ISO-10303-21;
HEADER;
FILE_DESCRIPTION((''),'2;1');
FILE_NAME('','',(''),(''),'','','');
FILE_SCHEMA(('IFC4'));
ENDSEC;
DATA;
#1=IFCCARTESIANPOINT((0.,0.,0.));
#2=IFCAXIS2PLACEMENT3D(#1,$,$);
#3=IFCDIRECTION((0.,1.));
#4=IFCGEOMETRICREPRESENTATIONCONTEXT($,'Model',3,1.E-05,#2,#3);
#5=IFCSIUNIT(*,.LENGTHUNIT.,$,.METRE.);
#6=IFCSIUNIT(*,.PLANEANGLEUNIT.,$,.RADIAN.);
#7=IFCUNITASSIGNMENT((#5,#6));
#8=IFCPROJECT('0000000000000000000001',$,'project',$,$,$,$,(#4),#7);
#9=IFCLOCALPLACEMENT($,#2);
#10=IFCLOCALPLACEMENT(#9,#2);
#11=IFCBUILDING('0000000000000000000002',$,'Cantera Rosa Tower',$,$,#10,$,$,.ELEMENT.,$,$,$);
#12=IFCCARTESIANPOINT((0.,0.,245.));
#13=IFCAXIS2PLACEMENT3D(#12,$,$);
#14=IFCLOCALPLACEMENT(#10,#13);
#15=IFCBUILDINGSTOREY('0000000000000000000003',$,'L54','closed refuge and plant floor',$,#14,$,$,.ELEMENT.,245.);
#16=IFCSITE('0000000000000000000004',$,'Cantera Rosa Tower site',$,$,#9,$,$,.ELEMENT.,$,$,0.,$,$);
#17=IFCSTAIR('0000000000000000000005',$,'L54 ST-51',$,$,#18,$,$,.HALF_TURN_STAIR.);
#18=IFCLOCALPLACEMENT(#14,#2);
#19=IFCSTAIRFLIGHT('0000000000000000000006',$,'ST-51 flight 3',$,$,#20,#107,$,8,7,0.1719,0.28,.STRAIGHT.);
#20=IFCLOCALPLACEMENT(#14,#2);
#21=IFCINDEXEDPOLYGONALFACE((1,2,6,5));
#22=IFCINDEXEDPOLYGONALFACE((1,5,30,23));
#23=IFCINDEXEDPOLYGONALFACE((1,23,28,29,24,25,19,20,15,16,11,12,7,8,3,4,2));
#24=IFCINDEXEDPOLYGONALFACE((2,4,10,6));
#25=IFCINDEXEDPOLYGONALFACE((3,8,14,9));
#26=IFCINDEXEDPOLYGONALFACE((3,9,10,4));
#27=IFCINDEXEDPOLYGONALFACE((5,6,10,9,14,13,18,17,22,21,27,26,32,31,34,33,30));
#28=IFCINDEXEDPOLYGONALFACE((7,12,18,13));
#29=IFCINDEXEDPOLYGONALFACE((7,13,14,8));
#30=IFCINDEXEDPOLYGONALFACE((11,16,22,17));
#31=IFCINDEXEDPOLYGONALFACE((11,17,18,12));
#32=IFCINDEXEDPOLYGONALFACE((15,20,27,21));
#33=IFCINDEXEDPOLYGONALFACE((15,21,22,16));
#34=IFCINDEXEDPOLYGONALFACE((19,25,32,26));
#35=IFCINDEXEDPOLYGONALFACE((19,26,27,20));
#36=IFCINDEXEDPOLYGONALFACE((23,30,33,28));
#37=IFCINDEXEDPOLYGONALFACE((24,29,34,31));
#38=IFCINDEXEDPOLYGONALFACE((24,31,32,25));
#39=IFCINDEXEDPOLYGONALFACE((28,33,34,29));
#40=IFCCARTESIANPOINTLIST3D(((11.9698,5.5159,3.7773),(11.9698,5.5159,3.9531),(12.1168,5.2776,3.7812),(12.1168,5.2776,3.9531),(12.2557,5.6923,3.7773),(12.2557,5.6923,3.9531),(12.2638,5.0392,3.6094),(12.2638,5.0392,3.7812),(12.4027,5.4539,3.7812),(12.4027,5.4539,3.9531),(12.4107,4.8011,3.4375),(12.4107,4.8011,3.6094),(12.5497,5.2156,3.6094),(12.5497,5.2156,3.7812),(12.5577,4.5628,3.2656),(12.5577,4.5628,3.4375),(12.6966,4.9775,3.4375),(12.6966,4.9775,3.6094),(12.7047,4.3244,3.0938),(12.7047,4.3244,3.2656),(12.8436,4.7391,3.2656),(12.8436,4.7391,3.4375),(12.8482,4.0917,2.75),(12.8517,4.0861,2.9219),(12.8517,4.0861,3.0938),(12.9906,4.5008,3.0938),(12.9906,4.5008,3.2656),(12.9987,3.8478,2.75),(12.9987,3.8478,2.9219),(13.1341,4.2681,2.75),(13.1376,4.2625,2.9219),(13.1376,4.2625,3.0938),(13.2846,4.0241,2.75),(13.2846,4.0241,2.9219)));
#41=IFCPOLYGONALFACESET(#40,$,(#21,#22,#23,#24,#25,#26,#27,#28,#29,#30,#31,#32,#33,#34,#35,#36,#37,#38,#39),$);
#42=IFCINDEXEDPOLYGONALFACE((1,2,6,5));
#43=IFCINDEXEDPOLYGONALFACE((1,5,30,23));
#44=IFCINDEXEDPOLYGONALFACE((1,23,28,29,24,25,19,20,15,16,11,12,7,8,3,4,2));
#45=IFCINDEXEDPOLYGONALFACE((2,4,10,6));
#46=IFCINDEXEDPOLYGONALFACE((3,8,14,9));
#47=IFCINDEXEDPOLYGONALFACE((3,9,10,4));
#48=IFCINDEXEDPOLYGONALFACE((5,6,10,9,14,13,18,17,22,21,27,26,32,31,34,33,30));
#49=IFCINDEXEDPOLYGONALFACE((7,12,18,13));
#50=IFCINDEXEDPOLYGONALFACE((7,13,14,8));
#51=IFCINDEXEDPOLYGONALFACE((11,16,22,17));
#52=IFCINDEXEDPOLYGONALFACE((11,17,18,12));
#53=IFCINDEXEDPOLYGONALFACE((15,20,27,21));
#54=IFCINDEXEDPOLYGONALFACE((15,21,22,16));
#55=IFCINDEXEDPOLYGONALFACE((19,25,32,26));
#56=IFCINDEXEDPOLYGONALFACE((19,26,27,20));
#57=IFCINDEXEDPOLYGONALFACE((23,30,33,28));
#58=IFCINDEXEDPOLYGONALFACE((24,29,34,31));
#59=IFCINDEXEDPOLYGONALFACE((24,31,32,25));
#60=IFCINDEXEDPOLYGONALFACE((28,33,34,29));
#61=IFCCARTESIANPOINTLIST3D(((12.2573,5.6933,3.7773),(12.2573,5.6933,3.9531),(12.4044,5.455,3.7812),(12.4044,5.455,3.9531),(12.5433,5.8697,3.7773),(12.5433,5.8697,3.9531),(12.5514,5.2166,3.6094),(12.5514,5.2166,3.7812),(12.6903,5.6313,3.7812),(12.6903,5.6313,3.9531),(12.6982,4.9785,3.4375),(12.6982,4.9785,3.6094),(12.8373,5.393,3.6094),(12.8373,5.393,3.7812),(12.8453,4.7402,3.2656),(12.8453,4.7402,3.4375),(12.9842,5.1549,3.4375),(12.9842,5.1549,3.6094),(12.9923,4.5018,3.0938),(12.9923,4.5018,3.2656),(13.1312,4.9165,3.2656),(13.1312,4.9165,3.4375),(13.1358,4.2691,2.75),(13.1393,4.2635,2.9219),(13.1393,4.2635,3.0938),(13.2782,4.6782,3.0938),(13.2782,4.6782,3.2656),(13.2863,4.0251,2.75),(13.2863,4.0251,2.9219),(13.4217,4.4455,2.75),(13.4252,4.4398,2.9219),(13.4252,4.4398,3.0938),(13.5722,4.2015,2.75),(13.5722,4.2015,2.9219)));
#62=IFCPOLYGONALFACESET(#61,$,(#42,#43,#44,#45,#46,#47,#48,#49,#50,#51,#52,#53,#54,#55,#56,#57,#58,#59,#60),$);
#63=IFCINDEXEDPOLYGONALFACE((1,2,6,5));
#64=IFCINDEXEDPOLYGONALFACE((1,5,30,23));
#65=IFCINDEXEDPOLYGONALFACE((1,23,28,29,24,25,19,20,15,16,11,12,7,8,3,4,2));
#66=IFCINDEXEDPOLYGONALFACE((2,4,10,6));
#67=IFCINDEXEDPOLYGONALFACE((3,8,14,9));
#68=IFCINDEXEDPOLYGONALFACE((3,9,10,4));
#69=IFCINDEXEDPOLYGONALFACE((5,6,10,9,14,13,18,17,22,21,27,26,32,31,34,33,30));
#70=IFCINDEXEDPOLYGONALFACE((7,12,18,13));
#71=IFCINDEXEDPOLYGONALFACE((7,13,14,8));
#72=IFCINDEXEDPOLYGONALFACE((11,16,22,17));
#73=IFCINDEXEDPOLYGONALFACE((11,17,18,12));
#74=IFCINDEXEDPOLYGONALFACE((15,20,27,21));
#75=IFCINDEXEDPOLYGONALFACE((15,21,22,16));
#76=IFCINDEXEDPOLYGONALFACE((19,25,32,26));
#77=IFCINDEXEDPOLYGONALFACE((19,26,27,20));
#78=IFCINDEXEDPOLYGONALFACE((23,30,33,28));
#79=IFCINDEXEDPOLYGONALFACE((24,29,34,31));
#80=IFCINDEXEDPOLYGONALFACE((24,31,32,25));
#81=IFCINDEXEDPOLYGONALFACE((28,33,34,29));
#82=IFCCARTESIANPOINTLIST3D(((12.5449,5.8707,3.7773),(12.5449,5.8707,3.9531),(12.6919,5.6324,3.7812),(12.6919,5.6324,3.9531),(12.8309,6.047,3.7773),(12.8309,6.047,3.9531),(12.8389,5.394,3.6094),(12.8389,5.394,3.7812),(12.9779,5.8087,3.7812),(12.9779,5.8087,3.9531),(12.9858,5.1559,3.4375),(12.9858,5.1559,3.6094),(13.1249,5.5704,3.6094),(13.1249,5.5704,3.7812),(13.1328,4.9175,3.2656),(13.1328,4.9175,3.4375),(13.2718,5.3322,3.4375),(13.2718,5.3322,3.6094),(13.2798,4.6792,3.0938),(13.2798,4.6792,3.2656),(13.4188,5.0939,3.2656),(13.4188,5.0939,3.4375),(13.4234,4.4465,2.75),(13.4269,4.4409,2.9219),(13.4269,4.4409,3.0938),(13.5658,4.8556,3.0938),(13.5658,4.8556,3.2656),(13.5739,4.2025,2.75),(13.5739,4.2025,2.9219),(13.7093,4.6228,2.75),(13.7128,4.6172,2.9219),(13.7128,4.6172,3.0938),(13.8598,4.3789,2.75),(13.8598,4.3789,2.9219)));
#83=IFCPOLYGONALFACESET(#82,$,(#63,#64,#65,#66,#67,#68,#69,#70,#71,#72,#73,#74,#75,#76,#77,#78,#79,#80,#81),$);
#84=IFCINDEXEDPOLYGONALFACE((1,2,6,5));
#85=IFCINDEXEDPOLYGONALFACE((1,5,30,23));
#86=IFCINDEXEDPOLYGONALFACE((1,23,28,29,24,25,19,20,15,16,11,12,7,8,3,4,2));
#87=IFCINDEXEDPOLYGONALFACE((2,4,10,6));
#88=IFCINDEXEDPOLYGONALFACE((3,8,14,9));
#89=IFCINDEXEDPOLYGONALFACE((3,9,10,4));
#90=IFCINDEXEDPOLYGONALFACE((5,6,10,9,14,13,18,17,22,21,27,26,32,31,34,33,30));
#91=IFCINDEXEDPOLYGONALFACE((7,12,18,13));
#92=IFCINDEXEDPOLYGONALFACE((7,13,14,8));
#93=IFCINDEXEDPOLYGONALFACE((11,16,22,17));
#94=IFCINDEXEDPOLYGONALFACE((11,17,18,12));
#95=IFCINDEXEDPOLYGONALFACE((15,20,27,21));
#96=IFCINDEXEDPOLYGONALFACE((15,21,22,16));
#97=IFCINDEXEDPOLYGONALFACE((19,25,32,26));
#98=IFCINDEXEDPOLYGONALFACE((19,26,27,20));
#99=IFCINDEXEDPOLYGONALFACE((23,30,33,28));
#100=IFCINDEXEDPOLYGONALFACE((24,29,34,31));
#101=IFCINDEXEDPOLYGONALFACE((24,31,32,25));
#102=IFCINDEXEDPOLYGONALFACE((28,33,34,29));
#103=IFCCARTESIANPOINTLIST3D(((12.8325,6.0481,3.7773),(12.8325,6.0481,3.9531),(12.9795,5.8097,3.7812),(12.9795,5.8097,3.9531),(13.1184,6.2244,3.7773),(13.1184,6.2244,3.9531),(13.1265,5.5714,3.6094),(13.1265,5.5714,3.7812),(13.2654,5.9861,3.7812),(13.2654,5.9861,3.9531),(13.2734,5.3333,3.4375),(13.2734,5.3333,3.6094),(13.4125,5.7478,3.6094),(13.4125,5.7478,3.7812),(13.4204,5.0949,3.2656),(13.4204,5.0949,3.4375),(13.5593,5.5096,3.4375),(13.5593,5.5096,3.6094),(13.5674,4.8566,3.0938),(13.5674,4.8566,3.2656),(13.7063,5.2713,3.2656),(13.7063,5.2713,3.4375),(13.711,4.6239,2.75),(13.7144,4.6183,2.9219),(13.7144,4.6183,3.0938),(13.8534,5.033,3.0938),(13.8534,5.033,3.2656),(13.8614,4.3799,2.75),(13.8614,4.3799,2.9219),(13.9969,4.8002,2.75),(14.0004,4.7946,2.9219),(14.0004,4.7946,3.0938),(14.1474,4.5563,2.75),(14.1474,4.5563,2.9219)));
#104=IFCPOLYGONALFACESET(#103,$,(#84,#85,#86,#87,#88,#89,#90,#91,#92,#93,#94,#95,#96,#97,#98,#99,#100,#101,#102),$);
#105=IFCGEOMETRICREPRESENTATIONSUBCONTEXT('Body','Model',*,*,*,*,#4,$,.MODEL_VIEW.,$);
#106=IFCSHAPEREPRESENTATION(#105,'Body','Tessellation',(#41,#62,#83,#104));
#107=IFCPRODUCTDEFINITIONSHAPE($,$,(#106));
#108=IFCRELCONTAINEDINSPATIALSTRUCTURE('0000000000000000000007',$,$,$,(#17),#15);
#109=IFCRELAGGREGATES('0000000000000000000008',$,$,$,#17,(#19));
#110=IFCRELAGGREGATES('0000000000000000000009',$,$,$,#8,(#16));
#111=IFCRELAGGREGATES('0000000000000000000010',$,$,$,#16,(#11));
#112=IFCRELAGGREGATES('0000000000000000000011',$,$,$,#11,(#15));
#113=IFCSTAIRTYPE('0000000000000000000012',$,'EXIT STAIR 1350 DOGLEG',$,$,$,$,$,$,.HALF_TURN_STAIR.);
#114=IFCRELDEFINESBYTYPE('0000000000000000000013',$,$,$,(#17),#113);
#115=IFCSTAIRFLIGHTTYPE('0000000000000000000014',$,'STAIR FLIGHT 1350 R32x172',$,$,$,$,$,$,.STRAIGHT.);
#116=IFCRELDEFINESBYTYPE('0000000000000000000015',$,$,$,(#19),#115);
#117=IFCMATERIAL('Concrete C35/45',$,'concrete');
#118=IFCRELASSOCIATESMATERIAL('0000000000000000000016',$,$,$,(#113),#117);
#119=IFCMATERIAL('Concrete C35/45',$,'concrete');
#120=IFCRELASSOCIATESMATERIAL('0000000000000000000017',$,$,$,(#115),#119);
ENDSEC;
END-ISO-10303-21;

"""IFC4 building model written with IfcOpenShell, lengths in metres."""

from ifc_helpers import new_model, si_unit, direction, frame, origin, place, context, subcontext, project, spatial, polyline, outline, extrude, material, type_object, element, aggregate, save


model = new_model("IFC4")

# Units and contexts
model_context = context("Model", 3, precision=1e-05, world=origin(), true_north=direction((0.0, 1.0)))
body_context = subcontext(model_context, "Body", "Model", "MODEL_VIEW")
ifc_project = project(units=[si_unit("LENGTHUNIT", "METRE"), si_unit("PLANEANGLEUNIT", "RADIAN")], contexts=[model_context])

# Site, building, storey
site_placement = place(None, origin())
site = spatial("IfcSite", under=ifc_project, at=site_placement, Name="Cantera Rosa Tower site", CompositionType="ELEMENT", RefElevation=0.0)
building_placement = place(site_placement, origin())
building = spatial("IfcBuilding", under=site, at=building_placement, Name="Cantera Rosa Tower", CompositionType="ELEMENT")
storey_placement = place(building_placement, frame((0.0, 0.0, 245.0)))
storey = spatial("IfcBuildingStorey", under=building, at=storey_placement, Name="L54", Description="closed refuge and plant floor", CompositionType="ELEMENT", Elevation=245.0)

# Stair, stair flight
ifc_material_1 = material(Name="Concrete C35/45", Category="concrete")
stair_type = type_object("IfcStairType", Name="EXIT STAIR 1350 DOGLEG", PredefinedType="HALF_TURN_STAIR", material=ifc_material_1)
stair_placement = place(storey_placement, origin())
stair = element("IfcStair", 1, at=stair_placement, inside=storey, type_object=stair_type, Name="L54 ST-51", PredefinedType="HALF_TURN_STAIR")
ifc_material_2 = material(Name="Concrete C35/45", Category="concrete")
stair_flight_type = type_object("IfcStairFlightType", Name="STAIR FLIGHT 1350 R32x172", PredefinedType="STRAIGHT", material=ifc_material_2)
stair_flight_1_placement = place(storey_placement, frame((13.5732, 4.2021, 2.75), z_axis=(0.0, 0.0, 1.0), x_axis=(-0.524977, 0.851117, 0.0)))
stair_flight_1 = element("IfcStairFlight", 2, at=stair_flight_1_placement, type_object=stair_flight_type, Name="ST-51 flight 3", NumberOfRisers=8, NumberOfTreads=7, PredefinedType="STRAIGHT", RiserHeight=0.1719, TreadLength=0.28, context=body_context, shape_type="SweptSolid", body=[
    extrude(outline(polyline([(0.0, 0.0), (0.0, 0.1719), (0.28, 0.1719), (0.28, 0.3438), (0.5601, 0.3438), (0.5601, 0.5156), (0.8401, 0.5156), (0.8401, 0.6875), (1.1201, 0.6875), (1.1201, 0.8594), (1.3999, 0.8594), (1.3999, 1.0312), (1.6799, 1.0312), (1.6799, 1.2031), (1.96, 1.2031), (1.96, 1.375), (1.96, 1.0273), (0.2866, 0.0), (0.0, 0.0)])), frame((0.0, 0.675, 0.0), z_axis=(0.0, -1.0, 0.0), x_axis=(1.0, 0.0, 0.0)), (0.0, 0.0, 1.0), 0.3359),
    extrude(outline(polyline([(0.0, 0.0), (0.0, 0.1719), (0.28, 0.1719), (0.28, 0.3438), (0.5601, 0.3438), (0.5601, 0.5156), (0.8401, 0.5156), (0.8401, 0.6875), (1.1201, 0.6875), (1.1201, 0.8594), (1.3999, 0.8594), (1.3999, 1.0312), (1.6799, 1.0312), (1.6799, 1.2031), (1.96, 1.2031), (1.96, 1.375), (1.96, 1.0273), (0.2866, 0.0), (0.0, 0.0)])), frame((0.0, 0.3372, 0.0), z_axis=(0.0, -1.0, 0.0), x_axis=(1.0, 0.0, 0.0)), (0.0, 0.0, 1.0), 0.3359),
    extrude(outline(polyline([(0.0, 0.0), (0.0, 0.1719), (0.28, 0.1719), (0.28, 0.3438), (0.5601, 0.3438), (0.5601, 0.5156), (0.8401, 0.5156), (0.8401, 0.6875), (1.1201, 0.6875), (1.1201, 0.8594), (1.3999, 0.8594), (1.3999, 1.0312), (1.6799, 1.0312), (1.6799, 1.2031), (1.96, 1.2031), (1.96, 1.375), (1.96, 1.0273), (0.2866, 0.0), (0.0, 0.0)])), frame((0.0, -0.0007, 0.0), z_axis=(0.0, -1.0, 0.0), x_axis=(1.0, 0.0, 0.0)), (0.0, 0.0, 1.0), 0.3359),
    extrude(outline(polyline([(0.0, 0.0), (0.0, 0.1719), (0.28, 0.1719), (0.28, 0.3438), (0.5601, 0.3438), (0.5601, 0.5156), (0.8401, 0.5156), (0.8401, 0.6875), (1.1201, 0.6875), (1.1201, 0.8594), (1.3999, 0.8594), (1.3999, 1.0312), (1.6799, 1.0312), (1.6799, 1.2031), (1.96, 1.2031), (1.96, 1.375), (1.96, 1.0273), (0.2866, 0.0), (0.0, 0.0)])), frame((0.0, -0.3386, 0.0), z_axis=(0.0, -1.0, 0.0), x_axis=(1.0, 0.0, 0.0)), (0.0, 0.0, 1.0), 0.3359),
])
aggregate(stair, [stair_flight_1])

save(model, "model.ifc")
